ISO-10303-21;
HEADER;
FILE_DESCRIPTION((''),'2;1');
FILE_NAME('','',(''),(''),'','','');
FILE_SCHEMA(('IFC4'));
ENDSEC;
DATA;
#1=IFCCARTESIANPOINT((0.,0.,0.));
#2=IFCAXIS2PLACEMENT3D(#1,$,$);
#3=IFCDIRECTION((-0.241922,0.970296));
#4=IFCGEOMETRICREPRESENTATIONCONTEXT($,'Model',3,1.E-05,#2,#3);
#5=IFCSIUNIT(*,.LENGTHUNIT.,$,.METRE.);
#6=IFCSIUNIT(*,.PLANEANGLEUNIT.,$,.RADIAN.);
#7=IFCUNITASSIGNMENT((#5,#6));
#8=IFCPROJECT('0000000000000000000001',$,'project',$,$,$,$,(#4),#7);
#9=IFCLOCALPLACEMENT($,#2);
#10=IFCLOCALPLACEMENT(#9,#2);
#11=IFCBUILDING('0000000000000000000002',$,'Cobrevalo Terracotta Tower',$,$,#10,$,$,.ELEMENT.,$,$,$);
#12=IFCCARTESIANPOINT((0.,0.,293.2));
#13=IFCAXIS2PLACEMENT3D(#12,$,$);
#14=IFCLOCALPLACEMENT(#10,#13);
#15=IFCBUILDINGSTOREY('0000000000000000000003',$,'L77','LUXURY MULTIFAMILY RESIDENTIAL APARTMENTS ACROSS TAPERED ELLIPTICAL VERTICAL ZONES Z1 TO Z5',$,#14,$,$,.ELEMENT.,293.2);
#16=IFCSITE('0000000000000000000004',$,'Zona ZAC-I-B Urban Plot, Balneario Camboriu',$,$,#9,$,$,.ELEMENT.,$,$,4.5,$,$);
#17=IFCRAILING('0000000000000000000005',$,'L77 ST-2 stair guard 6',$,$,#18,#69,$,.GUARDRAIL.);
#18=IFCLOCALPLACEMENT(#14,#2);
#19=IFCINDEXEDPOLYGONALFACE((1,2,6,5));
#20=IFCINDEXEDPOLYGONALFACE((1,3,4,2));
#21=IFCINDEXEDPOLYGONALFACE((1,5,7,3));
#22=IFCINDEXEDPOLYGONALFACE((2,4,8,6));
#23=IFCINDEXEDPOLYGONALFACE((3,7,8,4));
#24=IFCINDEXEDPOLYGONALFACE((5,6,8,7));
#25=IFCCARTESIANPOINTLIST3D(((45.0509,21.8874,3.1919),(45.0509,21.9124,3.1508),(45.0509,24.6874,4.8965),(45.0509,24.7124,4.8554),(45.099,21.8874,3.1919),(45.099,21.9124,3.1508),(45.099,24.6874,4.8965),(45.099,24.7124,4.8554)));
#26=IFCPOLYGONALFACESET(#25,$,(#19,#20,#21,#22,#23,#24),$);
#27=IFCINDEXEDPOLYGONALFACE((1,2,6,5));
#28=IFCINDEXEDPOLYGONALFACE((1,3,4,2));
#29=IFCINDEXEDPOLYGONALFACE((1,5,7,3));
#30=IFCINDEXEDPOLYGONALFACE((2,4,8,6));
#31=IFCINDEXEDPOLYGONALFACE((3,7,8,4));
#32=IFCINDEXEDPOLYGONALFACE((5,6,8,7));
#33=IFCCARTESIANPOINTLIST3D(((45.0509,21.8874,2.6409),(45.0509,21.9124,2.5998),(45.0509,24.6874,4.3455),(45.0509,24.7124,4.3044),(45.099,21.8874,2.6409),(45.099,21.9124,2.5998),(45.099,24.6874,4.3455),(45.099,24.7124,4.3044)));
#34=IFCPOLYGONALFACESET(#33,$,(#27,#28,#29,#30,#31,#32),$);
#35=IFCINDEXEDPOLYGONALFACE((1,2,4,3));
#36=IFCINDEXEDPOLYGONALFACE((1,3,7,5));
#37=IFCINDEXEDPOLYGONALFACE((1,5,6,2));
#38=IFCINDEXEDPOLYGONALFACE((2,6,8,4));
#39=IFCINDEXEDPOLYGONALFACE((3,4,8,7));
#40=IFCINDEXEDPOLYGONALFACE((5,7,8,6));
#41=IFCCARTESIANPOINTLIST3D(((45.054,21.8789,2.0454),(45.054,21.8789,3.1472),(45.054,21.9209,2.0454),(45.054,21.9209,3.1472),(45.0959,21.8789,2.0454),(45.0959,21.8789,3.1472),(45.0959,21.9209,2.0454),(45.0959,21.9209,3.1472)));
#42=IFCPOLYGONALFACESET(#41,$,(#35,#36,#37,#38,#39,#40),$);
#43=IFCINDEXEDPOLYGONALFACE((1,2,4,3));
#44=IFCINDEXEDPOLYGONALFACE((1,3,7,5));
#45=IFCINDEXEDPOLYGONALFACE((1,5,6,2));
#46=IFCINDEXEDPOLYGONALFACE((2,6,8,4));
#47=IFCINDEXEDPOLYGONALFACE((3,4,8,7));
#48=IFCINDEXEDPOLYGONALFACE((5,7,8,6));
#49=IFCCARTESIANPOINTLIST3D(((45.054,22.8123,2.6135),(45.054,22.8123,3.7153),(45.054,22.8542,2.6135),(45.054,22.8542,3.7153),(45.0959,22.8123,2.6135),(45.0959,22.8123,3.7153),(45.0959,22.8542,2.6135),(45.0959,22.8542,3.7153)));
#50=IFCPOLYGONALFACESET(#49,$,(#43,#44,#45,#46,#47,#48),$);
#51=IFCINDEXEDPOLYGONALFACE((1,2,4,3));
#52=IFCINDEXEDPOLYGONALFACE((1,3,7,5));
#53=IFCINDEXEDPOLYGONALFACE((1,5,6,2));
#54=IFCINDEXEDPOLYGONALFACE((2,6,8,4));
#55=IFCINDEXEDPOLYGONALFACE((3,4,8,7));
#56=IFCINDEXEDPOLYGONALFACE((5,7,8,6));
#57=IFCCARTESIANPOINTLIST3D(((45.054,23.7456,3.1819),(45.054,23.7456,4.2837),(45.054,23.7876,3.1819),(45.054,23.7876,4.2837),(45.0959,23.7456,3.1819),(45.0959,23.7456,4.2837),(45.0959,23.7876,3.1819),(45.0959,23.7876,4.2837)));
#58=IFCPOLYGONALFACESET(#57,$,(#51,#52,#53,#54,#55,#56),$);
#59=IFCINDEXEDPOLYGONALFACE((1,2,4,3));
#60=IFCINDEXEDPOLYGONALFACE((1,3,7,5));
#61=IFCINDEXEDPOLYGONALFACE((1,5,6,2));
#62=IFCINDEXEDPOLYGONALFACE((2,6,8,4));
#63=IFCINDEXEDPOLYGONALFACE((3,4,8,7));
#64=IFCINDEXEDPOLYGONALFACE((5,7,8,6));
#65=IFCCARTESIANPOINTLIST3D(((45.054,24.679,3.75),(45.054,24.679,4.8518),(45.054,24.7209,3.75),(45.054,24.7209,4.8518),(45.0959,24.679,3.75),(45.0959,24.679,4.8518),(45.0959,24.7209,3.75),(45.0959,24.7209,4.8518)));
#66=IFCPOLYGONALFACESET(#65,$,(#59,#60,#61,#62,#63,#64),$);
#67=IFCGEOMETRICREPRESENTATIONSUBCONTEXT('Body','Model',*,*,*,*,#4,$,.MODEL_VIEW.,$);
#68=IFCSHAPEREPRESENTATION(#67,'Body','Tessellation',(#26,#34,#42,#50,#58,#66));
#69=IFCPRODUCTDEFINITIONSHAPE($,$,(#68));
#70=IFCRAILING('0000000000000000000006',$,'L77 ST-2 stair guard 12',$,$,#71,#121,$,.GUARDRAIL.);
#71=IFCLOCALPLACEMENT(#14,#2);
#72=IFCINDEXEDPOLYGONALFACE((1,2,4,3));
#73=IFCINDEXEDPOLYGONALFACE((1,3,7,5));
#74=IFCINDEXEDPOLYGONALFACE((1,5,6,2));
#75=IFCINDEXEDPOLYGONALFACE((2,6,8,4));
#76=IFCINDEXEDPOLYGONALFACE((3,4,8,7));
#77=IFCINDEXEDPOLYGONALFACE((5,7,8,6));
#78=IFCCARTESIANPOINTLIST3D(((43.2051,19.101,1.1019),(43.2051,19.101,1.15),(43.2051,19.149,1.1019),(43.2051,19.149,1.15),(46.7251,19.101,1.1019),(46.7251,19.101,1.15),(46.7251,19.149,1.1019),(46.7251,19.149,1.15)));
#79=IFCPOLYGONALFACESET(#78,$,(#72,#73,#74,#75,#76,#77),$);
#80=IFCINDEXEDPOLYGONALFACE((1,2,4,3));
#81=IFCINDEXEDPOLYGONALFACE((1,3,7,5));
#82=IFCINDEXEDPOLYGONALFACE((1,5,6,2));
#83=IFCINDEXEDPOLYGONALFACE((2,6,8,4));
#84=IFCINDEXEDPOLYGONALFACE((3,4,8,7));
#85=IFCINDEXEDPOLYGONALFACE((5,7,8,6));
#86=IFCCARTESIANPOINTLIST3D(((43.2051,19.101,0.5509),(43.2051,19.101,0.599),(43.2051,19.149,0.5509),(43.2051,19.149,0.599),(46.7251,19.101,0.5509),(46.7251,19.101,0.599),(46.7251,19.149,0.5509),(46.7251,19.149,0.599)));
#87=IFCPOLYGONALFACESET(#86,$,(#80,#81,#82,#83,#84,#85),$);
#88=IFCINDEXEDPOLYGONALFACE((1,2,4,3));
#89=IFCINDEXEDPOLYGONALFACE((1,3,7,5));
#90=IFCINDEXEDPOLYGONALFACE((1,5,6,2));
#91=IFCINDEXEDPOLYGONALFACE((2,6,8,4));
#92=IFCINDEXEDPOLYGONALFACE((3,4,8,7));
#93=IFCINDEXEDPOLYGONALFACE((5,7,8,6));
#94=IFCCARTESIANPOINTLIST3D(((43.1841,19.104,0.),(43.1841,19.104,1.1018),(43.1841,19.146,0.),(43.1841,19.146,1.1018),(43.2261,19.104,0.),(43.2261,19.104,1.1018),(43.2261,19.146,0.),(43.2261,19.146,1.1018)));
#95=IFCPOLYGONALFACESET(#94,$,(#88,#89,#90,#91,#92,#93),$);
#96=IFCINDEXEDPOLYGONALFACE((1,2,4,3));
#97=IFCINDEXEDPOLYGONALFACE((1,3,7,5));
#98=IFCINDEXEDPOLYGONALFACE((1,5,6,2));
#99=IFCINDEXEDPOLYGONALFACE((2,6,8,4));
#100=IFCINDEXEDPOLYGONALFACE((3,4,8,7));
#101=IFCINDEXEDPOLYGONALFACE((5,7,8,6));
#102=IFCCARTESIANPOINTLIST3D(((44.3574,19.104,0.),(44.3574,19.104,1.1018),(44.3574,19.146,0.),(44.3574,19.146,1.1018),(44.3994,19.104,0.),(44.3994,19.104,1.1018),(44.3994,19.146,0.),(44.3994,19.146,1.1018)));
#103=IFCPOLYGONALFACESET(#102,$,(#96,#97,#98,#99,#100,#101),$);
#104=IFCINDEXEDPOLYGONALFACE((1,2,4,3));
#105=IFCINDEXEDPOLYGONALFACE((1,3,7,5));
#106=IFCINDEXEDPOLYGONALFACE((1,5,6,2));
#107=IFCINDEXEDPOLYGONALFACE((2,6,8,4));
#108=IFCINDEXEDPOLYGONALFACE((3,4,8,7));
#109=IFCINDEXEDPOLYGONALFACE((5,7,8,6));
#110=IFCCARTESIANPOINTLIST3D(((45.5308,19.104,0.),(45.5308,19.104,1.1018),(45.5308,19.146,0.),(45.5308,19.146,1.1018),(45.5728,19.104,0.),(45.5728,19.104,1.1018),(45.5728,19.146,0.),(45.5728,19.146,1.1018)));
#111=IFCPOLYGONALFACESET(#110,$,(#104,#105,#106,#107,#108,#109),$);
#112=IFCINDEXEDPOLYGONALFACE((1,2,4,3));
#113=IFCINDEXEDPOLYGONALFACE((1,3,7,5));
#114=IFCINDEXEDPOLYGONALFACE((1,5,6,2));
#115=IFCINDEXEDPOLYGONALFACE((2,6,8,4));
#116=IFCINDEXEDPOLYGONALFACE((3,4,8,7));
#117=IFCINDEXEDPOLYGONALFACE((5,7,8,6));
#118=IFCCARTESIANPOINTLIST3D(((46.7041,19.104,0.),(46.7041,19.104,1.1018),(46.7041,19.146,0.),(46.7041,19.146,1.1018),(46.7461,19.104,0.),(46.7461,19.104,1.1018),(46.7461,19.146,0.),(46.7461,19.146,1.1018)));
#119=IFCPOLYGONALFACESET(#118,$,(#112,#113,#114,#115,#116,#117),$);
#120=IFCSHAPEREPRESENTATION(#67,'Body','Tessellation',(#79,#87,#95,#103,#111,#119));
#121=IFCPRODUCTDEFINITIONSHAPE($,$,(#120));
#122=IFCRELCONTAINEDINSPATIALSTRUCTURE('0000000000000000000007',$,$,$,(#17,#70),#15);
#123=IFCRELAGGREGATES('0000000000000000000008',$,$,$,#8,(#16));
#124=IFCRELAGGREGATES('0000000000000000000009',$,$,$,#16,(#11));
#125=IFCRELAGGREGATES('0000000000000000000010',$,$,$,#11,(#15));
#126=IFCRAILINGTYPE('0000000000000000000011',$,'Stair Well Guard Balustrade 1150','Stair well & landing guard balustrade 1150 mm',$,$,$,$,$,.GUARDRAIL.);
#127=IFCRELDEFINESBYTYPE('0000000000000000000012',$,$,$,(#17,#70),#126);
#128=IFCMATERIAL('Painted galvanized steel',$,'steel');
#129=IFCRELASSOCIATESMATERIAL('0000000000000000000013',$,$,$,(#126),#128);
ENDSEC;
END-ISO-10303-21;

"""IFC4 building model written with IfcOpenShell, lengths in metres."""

from ifc_helpers import new_model, si_unit, direction, frame, origin, origin_2d, place, context, subcontext, project, spatial, rectangle, extrude, material, type_object, element, save


model = new_model("IFC4")

# Units and contexts
model_context = context("Model", 3, precision=1e-05, world=origin(), true_north=direction((-0.241922, 0.970296)))
body_context = subcontext(model_context, "Body", "Model", "MODEL_VIEW")
ifc_project = project(units=[si_unit("LENGTHUNIT", "METRE"), si_unit("PLANEANGLEUNIT", "RADIAN")], contexts=[model_context])

# Site, building, storey
site_placement = place(None, origin())
site = spatial("IfcSite", under=ifc_project, at=site_placement, Name="Zona ZAC-I-B Urban Plot, Balneario Camboriu", CompositionType="ELEMENT", RefElevation=4.5)
building_placement = place(site_placement, origin())
building = spatial("IfcBuilding", under=site, at=building_placement, Name="Cobrevalo Terracotta Tower", CompositionType="ELEMENT")
storey_placement = place(building_placement, frame((0.0, 0.0, 293.2)))
storey = spatial("IfcBuildingStorey", under=building, at=storey_placement, Name="L77", Description="LUXURY MULTIFAMILY RESIDENTIAL APARTMENTS ACROSS TAPERED ELLIPTICAL VERTICAL ZONES Z1 TO Z5", CompositionType="ELEMENT", Elevation=293.2)

# Railings
ifc_material_1 = material(Name="Painted galvanized steel", Category="steel")
railing_type_1 = type_object("IfcRailingType", Name="Stair Well Guard Balustrade 1150", Description="Stair well & landing guard balustrade 1150 mm", PredefinedType="GUARDRAIL", material=ifc_material_1)
railing_1_placement = place(storey_placement, frame((45.075, 21.8999, 2.0454)))
element("IfcRailing", 1, at=railing_1_placement, inside=storey, type_object=railing_type_1, Name="L77 ST-2 stair guard 6", PredefinedType="GUARDRAIL", context=body_context, shape_type="SweptSolid", body=[
    extrude(rectangle(XDim=0.0481, YDim=0.0481, at=origin_2d()), frame((0.0, 0.0, 1.126), z_axis=(0.0, 0.85417, 0.519994), x_axis=(-1.0, 0.0, 0.0)), (0.0, 0.0, 1.0), 3.2781),
    extrude(rectangle(XDim=0.0481, YDim=0.0481, at=origin_2d()), frame((0.0, 0.0, 0.575), z_axis=(0.0, 0.85417, 0.519994), x_axis=(-1.0, 0.0, 0.0)), (0.0, 0.0, 1.0), 3.2781),
    extrude(rectangle(XDim=0.042, YDim=0.042, at=origin_2d()), origin(), (0.0, 0.0, 1.0), 1.1018),
    extrude(rectangle(XDim=0.042, YDim=0.042, at=origin_2d()), frame((0.0, 0.9333, 0.5681)), (0.0, 0.0, 1.0), 1.1018),
    extrude(rectangle(XDim=0.042, YDim=0.042, at=origin_2d()), frame((0.0, 1.8667, 1.1365)), (0.0, 0.0, 1.0), 1.1018),
    extrude(rectangle(XDim=0.042, YDim=0.042, at=origin_2d()), frame((0.0, 2.8, 1.7046)), (0.0, 0.0, 1.0), 1.1018),
])
railing_2_placement = place(storey_placement, frame((43.2051, 19.125, 0.0)))
element("IfcRailing", 2, at=railing_2_placement, inside=storey, type_object=railing_type_1, Name="L77 ST-2 stair guard 12", PredefinedType="GUARDRAIL", context=body_context, shape_type="SweptSolid", body=[
    extrude(rectangle(XDim=0.0481, YDim=0.0481, at=origin_2d()), frame((0.0, 0.0, 1.126), z_axis=(1.0, 0.0, 0.0), x_axis=(0.0, 1.0, 0.0)), (0.0, 0.0, 1.0), 3.52),
    extrude(rectangle(XDim=0.0481, YDim=0.0481, at=origin_2d()), frame((0.0, 0.0, 0.575), z_axis=(1.0, 0.0, 0.0), x_axis=(0.0, 1.0, 0.0)), (0.0, 0.0, 1.0), 3.52),
    extrude(rectangle(XDim=0.042, YDim=0.042, at=origin_2d()), origin(), (0.0, 0.0, 1.0), 1.1018),
    extrude(rectangle(XDim=0.042, YDim=0.042, at=origin_2d()), frame((1.1733, 0.0, 0.0)), (0.0, 0.0, 1.0), 1.1018),
    extrude(rectangle(XDim=0.042, YDim=0.042, at=origin_2d()), frame((2.3467, 0.0, 0.0)), (0.0, 0.0, 1.0), 1.1018),
    extrude(rectangle(XDim=0.042, YDim=0.042, at=origin_2d()), frame((3.52, 0.0, 0.0)), (0.0, 0.0, 1.0), 1.1018),
])

save(model, "model.ifc")
